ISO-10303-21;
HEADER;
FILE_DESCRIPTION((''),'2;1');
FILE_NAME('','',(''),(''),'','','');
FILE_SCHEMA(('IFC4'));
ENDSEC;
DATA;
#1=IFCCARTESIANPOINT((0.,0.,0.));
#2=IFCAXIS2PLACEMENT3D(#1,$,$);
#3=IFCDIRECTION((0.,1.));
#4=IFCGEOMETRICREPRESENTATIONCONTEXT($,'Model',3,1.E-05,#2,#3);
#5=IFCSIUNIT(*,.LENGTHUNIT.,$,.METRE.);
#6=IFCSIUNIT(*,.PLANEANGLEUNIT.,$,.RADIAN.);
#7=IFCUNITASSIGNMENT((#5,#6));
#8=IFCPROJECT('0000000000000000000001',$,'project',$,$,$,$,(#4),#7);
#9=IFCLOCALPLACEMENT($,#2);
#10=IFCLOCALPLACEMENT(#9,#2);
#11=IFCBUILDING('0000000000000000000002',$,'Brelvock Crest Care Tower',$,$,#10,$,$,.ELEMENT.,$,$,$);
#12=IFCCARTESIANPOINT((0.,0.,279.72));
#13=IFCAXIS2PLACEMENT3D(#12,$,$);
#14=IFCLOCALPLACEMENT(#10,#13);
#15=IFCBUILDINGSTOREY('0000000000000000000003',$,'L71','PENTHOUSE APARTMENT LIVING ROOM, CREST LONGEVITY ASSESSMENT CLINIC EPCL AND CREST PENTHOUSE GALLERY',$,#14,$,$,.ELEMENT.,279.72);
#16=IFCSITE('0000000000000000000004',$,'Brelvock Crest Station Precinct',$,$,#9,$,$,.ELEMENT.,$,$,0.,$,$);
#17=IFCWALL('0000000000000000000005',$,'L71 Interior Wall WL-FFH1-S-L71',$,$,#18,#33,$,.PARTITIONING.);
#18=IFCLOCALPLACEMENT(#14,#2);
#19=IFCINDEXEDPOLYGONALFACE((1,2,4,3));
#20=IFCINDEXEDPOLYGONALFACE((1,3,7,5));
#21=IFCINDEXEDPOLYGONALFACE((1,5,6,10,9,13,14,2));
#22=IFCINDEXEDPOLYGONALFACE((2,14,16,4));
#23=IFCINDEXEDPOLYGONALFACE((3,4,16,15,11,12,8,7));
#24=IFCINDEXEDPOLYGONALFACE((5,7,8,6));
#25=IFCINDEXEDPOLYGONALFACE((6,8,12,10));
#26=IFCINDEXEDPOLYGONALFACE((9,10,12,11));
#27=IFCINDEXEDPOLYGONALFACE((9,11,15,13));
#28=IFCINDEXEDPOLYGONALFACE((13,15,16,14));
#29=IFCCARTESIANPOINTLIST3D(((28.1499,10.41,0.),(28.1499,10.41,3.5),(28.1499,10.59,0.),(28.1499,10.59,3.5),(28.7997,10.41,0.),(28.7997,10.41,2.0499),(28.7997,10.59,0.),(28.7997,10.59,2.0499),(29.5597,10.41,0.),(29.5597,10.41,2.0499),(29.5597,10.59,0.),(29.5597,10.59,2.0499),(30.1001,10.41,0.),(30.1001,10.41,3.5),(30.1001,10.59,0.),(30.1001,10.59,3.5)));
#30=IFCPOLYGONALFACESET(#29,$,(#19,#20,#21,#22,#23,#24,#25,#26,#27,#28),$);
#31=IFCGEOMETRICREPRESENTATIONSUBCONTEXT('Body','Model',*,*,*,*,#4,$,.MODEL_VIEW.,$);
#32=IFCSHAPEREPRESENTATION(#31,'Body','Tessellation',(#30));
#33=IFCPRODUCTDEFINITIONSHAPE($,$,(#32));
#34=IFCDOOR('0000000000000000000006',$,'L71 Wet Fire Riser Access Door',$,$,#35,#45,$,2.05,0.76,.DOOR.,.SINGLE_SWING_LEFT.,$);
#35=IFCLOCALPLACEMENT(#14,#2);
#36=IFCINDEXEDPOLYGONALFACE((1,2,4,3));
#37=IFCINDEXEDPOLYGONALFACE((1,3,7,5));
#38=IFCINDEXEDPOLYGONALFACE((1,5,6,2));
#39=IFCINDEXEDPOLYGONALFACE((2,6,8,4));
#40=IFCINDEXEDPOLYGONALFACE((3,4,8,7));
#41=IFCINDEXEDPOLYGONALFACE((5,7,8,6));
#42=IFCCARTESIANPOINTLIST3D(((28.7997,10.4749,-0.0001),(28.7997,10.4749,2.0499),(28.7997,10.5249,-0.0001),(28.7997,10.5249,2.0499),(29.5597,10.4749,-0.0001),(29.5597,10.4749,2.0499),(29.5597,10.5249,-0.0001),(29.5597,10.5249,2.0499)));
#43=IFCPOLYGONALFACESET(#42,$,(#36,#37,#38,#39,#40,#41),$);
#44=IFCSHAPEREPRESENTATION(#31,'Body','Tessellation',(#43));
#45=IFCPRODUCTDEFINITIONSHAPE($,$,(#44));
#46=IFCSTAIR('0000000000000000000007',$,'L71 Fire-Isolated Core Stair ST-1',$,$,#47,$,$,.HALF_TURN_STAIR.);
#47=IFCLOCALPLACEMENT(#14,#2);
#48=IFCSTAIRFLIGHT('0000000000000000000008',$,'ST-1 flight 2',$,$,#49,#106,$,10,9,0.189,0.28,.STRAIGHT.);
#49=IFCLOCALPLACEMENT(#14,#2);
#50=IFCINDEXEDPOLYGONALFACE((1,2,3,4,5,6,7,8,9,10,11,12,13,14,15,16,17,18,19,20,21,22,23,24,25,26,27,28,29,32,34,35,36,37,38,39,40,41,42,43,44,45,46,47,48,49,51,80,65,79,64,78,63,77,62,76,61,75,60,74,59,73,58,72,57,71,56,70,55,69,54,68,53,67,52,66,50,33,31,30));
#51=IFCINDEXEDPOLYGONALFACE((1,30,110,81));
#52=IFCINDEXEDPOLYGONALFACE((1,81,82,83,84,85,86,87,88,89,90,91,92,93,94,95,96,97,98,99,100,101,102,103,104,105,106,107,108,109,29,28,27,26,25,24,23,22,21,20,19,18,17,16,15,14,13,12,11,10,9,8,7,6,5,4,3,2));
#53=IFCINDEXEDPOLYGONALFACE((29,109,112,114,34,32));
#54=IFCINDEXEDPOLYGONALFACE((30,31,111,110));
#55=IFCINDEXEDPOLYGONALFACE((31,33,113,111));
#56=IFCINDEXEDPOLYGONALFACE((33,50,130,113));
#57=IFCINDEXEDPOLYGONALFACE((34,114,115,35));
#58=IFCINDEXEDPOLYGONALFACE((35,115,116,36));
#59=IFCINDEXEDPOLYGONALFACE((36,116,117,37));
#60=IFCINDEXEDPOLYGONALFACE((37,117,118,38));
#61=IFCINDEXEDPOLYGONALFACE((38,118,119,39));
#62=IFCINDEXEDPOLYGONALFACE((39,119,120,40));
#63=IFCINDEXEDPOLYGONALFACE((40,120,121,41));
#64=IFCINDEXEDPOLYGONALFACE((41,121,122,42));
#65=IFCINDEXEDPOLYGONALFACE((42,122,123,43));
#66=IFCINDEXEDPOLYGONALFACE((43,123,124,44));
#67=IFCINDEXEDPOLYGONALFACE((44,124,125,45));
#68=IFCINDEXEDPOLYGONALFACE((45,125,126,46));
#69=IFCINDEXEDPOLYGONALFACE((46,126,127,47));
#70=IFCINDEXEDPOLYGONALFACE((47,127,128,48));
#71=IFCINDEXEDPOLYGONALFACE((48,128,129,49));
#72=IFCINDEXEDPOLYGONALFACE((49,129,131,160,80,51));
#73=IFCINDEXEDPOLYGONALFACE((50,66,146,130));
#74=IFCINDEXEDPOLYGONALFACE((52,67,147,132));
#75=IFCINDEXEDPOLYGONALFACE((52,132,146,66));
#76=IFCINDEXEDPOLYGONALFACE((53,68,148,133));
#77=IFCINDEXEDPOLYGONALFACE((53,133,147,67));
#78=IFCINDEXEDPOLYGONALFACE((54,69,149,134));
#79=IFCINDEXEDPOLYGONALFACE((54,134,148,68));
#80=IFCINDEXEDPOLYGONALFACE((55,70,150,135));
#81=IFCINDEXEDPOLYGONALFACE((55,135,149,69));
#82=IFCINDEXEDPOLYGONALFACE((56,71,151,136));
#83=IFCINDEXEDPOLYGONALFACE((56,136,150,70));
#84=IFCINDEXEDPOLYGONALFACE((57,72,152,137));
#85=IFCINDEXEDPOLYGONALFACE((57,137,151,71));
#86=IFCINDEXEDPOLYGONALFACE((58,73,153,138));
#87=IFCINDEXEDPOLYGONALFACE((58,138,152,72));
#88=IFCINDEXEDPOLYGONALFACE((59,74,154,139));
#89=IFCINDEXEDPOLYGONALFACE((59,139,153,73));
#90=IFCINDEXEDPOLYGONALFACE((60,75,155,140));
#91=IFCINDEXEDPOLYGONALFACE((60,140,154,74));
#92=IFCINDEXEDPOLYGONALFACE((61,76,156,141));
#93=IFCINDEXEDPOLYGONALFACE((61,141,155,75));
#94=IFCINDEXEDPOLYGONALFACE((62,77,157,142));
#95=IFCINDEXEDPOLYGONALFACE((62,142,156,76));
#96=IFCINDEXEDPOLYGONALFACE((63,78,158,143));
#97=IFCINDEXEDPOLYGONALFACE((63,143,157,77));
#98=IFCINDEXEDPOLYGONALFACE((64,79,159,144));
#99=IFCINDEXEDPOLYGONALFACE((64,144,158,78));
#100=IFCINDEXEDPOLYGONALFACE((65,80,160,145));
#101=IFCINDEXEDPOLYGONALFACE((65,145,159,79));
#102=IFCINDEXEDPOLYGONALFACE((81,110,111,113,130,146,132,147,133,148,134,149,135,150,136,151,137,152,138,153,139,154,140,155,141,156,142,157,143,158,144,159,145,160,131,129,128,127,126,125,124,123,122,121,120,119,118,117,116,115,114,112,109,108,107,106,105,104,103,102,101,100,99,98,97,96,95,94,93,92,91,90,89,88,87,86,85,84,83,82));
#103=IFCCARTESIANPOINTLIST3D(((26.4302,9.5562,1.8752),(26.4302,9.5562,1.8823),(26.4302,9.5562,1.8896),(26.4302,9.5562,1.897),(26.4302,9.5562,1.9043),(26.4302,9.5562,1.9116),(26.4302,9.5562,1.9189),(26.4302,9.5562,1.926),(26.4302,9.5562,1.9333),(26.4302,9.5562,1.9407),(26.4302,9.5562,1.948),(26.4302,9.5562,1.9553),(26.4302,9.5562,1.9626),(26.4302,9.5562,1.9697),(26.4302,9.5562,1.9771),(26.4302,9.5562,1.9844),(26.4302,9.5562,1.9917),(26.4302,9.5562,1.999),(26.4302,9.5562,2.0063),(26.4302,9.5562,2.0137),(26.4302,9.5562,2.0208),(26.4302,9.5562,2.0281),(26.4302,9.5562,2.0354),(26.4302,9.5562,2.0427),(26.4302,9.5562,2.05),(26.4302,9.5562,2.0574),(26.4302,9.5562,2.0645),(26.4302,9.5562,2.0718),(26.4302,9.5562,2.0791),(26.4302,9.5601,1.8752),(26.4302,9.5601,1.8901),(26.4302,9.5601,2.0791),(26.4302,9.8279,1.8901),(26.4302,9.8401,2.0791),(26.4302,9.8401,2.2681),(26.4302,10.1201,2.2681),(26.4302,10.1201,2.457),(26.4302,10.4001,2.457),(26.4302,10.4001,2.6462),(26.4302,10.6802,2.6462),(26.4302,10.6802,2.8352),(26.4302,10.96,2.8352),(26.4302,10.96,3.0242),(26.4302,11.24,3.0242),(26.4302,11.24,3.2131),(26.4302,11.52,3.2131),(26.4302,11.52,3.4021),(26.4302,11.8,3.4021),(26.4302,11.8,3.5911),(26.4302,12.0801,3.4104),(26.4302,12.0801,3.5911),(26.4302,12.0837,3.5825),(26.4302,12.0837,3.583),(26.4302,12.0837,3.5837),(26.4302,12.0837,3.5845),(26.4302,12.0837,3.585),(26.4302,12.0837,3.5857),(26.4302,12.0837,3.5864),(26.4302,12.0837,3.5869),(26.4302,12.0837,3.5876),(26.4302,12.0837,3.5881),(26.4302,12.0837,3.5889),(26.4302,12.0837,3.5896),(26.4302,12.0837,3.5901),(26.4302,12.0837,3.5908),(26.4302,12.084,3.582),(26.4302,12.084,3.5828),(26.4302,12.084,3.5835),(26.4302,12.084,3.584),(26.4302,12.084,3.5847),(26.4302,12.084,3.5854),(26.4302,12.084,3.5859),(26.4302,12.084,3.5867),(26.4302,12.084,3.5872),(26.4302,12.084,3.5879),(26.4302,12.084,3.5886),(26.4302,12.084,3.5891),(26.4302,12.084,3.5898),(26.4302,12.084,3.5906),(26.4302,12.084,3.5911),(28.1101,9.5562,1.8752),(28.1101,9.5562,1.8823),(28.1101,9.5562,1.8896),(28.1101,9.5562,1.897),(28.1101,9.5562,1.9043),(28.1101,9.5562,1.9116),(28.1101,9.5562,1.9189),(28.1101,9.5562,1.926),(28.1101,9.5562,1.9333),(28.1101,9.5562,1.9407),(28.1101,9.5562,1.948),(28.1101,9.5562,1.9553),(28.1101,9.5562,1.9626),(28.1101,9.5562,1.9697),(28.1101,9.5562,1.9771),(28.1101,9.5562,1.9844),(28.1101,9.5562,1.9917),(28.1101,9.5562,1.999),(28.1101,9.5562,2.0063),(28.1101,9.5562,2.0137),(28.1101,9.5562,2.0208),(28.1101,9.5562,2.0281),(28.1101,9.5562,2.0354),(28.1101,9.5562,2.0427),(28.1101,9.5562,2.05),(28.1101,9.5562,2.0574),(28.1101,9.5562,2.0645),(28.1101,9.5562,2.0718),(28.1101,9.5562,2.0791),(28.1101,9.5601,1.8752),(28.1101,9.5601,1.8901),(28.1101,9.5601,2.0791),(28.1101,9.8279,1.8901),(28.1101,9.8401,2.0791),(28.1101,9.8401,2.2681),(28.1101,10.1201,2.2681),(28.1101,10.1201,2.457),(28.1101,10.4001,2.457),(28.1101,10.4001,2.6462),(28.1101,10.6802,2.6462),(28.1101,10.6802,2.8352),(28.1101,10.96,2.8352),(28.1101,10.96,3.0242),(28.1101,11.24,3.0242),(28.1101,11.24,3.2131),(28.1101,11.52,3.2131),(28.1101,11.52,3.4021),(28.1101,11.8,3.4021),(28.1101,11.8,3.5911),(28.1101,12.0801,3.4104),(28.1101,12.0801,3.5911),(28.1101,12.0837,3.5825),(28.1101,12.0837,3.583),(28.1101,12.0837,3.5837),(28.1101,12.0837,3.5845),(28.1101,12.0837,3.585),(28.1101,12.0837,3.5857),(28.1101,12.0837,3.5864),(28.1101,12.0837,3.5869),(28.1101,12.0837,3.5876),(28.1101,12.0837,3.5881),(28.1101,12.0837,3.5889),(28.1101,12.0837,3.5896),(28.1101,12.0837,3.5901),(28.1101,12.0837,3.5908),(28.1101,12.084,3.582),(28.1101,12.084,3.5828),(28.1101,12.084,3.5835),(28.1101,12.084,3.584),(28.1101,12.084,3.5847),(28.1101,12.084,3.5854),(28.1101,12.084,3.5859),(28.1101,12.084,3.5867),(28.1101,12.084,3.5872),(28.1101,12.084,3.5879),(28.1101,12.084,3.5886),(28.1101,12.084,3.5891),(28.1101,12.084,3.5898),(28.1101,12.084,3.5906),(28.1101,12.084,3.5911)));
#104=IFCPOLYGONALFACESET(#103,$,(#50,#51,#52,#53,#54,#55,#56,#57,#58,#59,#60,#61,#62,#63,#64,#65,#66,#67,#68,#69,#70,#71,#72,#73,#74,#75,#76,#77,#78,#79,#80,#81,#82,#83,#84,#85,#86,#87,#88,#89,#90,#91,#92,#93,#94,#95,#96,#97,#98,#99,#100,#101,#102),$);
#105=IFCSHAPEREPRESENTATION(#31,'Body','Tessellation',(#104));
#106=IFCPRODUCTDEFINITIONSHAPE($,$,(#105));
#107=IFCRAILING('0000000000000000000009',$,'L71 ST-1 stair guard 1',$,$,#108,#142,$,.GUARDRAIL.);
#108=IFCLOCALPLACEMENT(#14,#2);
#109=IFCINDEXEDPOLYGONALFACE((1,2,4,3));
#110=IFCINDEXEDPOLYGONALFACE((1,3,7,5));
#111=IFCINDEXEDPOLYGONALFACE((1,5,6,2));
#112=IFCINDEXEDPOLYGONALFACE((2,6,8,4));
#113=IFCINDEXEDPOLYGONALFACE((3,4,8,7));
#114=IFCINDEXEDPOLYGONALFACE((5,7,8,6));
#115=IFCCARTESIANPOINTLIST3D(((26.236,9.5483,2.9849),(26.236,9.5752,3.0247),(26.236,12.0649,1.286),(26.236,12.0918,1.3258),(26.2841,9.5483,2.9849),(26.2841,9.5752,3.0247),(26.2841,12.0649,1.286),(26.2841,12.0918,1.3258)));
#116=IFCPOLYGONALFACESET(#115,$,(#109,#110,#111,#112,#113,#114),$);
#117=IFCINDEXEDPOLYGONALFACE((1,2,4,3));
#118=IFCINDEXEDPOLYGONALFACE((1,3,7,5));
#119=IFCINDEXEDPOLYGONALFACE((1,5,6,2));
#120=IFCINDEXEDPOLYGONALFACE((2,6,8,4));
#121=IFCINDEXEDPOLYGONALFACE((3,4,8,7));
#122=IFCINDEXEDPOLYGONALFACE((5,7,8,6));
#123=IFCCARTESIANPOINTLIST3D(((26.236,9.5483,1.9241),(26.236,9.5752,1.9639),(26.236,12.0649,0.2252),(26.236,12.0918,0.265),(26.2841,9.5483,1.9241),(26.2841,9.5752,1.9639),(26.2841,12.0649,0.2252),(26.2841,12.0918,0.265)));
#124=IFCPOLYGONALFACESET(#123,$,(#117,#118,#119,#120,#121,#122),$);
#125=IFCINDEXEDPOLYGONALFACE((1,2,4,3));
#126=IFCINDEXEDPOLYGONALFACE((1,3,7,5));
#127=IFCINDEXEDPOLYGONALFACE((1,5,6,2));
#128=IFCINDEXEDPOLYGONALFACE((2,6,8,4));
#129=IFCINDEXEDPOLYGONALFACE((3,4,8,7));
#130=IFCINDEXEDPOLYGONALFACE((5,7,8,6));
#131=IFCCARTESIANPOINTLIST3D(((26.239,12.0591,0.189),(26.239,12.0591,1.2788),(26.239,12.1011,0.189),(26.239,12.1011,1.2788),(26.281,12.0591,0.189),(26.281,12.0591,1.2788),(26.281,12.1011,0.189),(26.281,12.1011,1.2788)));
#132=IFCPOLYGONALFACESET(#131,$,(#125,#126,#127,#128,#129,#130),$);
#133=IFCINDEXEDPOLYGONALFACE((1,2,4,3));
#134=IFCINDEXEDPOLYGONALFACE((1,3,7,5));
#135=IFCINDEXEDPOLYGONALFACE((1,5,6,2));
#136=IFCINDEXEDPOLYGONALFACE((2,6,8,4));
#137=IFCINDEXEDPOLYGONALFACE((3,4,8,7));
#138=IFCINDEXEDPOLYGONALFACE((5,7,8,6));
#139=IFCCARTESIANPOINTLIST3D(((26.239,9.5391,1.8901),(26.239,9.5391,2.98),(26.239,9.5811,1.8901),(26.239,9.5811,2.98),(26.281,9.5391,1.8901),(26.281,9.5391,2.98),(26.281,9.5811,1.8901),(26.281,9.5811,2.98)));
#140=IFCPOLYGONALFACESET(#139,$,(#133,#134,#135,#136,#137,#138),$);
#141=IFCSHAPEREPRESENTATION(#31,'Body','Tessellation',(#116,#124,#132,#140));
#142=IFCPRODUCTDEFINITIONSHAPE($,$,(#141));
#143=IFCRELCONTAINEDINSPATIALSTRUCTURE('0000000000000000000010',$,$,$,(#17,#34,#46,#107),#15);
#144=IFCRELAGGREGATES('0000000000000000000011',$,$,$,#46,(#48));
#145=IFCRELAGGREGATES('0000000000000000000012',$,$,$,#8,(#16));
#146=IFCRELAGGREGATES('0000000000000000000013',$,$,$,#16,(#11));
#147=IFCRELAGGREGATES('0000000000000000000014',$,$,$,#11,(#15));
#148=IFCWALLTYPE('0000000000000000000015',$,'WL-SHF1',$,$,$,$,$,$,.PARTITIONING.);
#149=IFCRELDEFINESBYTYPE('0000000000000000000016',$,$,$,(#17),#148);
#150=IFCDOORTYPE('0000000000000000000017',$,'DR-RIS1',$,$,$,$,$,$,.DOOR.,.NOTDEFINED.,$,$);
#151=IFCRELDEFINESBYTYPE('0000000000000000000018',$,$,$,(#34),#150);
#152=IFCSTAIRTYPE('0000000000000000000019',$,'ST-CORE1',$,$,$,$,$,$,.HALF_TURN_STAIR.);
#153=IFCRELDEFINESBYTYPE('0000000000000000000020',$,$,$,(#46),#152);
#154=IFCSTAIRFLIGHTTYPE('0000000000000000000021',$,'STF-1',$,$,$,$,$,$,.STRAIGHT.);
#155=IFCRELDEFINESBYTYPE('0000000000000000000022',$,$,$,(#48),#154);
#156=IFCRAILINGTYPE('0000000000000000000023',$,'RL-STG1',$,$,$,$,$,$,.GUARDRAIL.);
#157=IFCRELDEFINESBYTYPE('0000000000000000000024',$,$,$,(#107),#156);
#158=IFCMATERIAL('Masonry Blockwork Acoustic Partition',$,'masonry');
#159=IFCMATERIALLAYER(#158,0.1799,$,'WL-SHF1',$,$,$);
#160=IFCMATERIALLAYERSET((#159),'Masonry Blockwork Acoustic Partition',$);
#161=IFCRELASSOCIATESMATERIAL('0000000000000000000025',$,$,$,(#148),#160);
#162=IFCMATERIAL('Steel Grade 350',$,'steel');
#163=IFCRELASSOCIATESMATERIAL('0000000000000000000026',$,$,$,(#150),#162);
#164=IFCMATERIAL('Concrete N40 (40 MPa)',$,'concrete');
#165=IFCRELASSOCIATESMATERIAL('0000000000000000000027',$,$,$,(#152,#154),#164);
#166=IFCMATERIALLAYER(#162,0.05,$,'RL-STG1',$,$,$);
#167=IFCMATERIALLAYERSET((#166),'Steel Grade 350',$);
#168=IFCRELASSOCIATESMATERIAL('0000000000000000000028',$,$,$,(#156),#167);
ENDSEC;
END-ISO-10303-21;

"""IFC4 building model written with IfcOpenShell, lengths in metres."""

from ifc_helpers import new_model, si_unit, direction, frame, frame_2d, origin, origin_2d, place, context, subcontext, project, spatial, polyline, rectangle, outline, extrude, source, transform, mapped, material, layer, layer_set, type_object, element, fill, aggregate, save


model = new_model("IFC4")

# Units and contexts
model_context = context("Model", 3, precision=1e-05, world=origin(), true_north=direction((0.0, 1.0)))
body_context = subcontext(model_context, "Body", "Model", "MODEL_VIEW")
ifc_project = project(units=[si_unit("LENGTHUNIT", "METRE"), si_unit("PLANEANGLEUNIT", "RADIAN")], contexts=[model_context])

# Site, building, storey
site_placement = place(None, origin())
site = spatial("IfcSite", under=ifc_project, at=site_placement, Name="Brelvock Crest Station Precinct", CompositionType="ELEMENT", RefElevation=0.0)
building_placement = place(site_placement, origin())
building = spatial("IfcBuilding", under=site, at=building_placement, Name="Brelvock Crest Care Tower", CompositionType="ELEMENT")
storey_placement = place(building_placement, frame((0.0, 0.0, 279.72)))
storey = spatial("IfcBuildingStorey", under=building, at=storey_placement, Name="L71", Description="PENTHOUSE APARTMENT LIVING ROOM, CREST LONGEVITY ASSESSMENT CLINIC EPCL AND CREST PENTHOUSE GALLERY", CompositionType="ELEMENT", Elevation=279.72)

# Shared definitions
ifc_material_1 = material(Name="Steel Grade 350", Category="steel")

# Shared definitions
ifc_material_2 = material(Name="Masonry Blockwork Acoustic Partition", Category="masonry")

# Wall, opening, door
ifc_layer_1 = layer(ifc_material_2, 0.1799, Name="WL-SHF1")
ifc_layer_set_1 = layer_set([ifc_layer_1], Name="Masonry Blockwork Acoustic Partition")
wall_type_1 = type_object("IfcWallType", Name="WL-SHF1", PredefinedType="PARTITIONING", material=ifc_layer_set_1)
wall_1_placement = place(storey_placement, frame((28.1499, 10.5, 0.0), z_axis=(0.0, 0.0, 1.0), x_axis=(1.0, 0.0, 0.0)))
wall_1 = element("IfcWall", 1, at=wall_1_placement, inside=storey, type_object=wall_type_1, Name="L71 Interior Wall WL-FFH1-S-L71", PredefinedType="PARTITIONING", context=body_context, shape_type="SweptSolid", body=[
    extrude(rectangle(XDim=1.9502, YDim=0.1799, at=frame_2d((0.9751, 0.0))), origin(), (0.0, 0.0, 1.0), 3.5),
])
opening_1_placement = place(wall_1_placement, frame((0.6499, 0.0, 0.0)))
opening_1 = element("IfcOpeningElement", 2, at=opening_1_placement, cuts=wall_1, PredefinedType="OPENING", context=body_context, shape_type="SweptSolid", body=[
    extrude(rectangle(XDim=0.76, YDim=2.05, at=origin_2d()), frame((0.3799, 0.1001, 1.0249), z_axis=(0.0, -1.0, 0.0), x_axis=(1.0, 0.0, 0.0)), (0.0, 0.0, 1.0), 0.2),
])
door_type_1 = type_object("IfcDoorType", Name="DR-RIS1", OperationType="NOTDEFINED", PredefinedType="DOOR", material=ifc_material_1)
shared_shape_1 = source(origin(), body_context, "Body", "SweptSolid", [
    extrude(rectangle(XDim=0.76, YDim=2.05, at=origin_2d()), frame((0.3799, 0.0249, 1.0249), z_axis=(0.0, -1.0, 0.0), x_axis=(1.0, 0.0, 0.0)), (0.0, 0.0, 1.0), 0.05),
])
door_1_placement = place(opening_1_placement, origin())
door_1 = element("IfcDoor", 3, at=door_1_placement, inside=storey, type_object=door_type_1, Name="L71 Wet Fire Riser Access Door", OperationType="SINGLE_SWING_LEFT", OverallHeight=2.05, OverallWidth=0.76, PredefinedType="DOOR", context=body_context, shape_type="MappedRepresentation", body=[
    mapped(shared_shape_1, transform((0.0, 0.0, 0.0), x_axis=(1.0, 0.0, 0.0), y_axis=(0.0, 1.0, 0.0), z_axis=(0.0, 0.0, 1.0), scale=1.0)),
])
fill(opening_1, door_1)

# Stair, stair flight
ifc_material_3 = material(Name="Concrete N40 (40 MPa)", Category="concrete")
stair_type = type_object("IfcStairType", Name="ST-CORE1", PredefinedType="HALF_TURN_STAIR", material=ifc_material_3)
stair_placement = place(storey_placement, origin())
stair = element("IfcStair", 4, at=stair_placement, inside=storey, type_object=stair_type, Name="L71 Fire-Isolated Core Stair ST-1", PredefinedType="HALF_TURN_STAIR")
stair_flight_type = type_object("IfcStairFlightType", Name="STF-1", PredefinedType="STRAIGHT", material=ifc_material_3)
stair_flight_placement = place(storey_placement, frame((27.27, 9.5601, 1.8901), z_axis=(0.0, 0.0, 1.0), x_axis=(0.0, 1.0, 0.0)))
stair_flight = element("IfcStairFlight", 5, at=stair_flight_placement, type_object=stair_flight_type, Name="ST-1 flight 2", NumberOfRisers=10, NumberOfTreads=9, PredefinedType="STRAIGHT", RiserHeight=0.189, TreadLength=0.28, context=body_context, shape_type="SweptSolid", body=[
    extrude(outline(polyline([(-0.0039, -0.0149), (-0.0039, -0.0078), (-0.0039, -0.0005), (-0.0039, 0.0068), (-0.0039, 0.0142), (-0.0039, 0.0215), (-0.0039, 0.0288), (-0.0039, 0.0359), (-0.0039, 0.0432), (-0.0039, 0.0505), (-0.0039, 0.0579), (-0.0039, 0.0652), (-0.0039, 0.0725), (-0.0039, 0.0796), (-0.0039, 0.0869), (-0.0039, 0.0942), (-0.0039, 0.1016), (-0.0039, 0.1089), (-0.0039, 0.1162), (-0.0039, 0.1235), (-0.0039, 0.1306), (-0.0039, 0.1379), (-0.0039, 0.1453), (-0.0039, 0.1526), (-0.0039, 0.1599), (-0.0039, 0.1672), (-0.0039, 0.1743), (-0.0039, 0.1816), (-0.0039, 0.189), (0.0, 0.189), (0.28, 0.189), (0.28, 0.3779), (0.5601, 0.3779), (0.5601, 0.5669), (0.8401, 0.5669), (0.8401, 0.7561), (1.1201, 0.7561), (1.1201, 0.9451), (1.3999, 0.9451), (1.3999, 1.134), (1.6799, 1.134), (1.6799, 1.323), (1.96, 1.323), (1.96, 1.512), (2.24, 1.512), (2.24, 1.7009), (2.52, 1.7009), (2.5239, 1.7009), (2.5237, 1.7007), (2.5239, 1.7004), (2.5237, 1.7), (2.5239, 1.6997), (2.5237, 1.6995), (2.5239, 1.699), (2.5237, 1.6987), (2.5239, 1.6985), (2.5237, 1.698), (2.5239, 1.6978), (2.5237, 1.6975), (2.5239, 1.697), (2.5237, 1.6968), (2.5239, 1.6965), (2.5237, 1.6963), (2.5239, 1.6958), (2.5237, 1.6956), (2.5239, 1.6953), (2.5237, 1.6948), (2.5239, 1.6946), (2.5237, 1.6943), (2.5239, 1.6938), (2.5237, 1.6936), (2.5239, 1.6934), (2.5237, 1.6929), (2.5239, 1.6926), (2.5237, 1.6924), (2.5239, 1.6919), (2.52, 1.5203), (0.2678, 0.0), (0.0, 0.0), (0.0, -0.0149), (-0.0039, -0.0149)])), frame((0.0, 0.8398, 0.0), z_axis=(0.0, -1.0, 0.0), x_axis=(1.0, 0.0, 0.0)), (0.0, 0.0, 1.0), 1.6799),
])
aggregate(stair, [stair_flight])

# Railing
ifc_layer_2 = layer(ifc_material_1, 0.05, Name="RL-STG1")
ifc_layer_set_2 = layer_set([ifc_layer_2], Name="Steel Grade 350")
railing_type_1 = type_object("IfcRailingType", Name="RL-STG1", PredefinedType="GUARDRAIL", material=ifc_layer_set_2)
railing_1_placement = place(storey_placement, frame((26.26, 12.0801, 0.189)))
element("IfcRailing", 6, at=railing_1_placement, inside=storey, type_object=railing_type_1, Name="L71 ST-1 stair guard 1", PredefinedType="GUARDRAIL", context=body_context, shape_type="SweptSolid", body=[
    extrude(rectangle(XDim=0.0481, YDim=0.0481, at=origin_2d()), frame((0.0, -0.0017, 1.1169), z_axis=(0.0, -0.828824, 0.559509), x_axis=(1.0, 0.0, 0.0)), (0.0, 0.0, 1.0), 3.0364),
    extrude(rectangle(XDim=0.0481, YDim=0.0481, at=origin_2d()), frame((0.0, -0.0017, 0.0562), z_axis=(0.0, -0.828824, 0.559509), x_axis=(1.0, 0.0, 0.0)), (0.0, 0.0, 1.0), 3.0364),
    extrude(rectangle(XDim=0.042, YDim=0.042, at=origin_2d()), origin(), (0.0, 0.0, 1.0), 1.0898),
    extrude(rectangle(XDim=0.042, YDim=0.042, at=origin_2d()), frame((0.0, -2.52, 1.7012)), (0.0, 0.0, 1.0), 1.0898),
])

save(model, "model.ifc")
